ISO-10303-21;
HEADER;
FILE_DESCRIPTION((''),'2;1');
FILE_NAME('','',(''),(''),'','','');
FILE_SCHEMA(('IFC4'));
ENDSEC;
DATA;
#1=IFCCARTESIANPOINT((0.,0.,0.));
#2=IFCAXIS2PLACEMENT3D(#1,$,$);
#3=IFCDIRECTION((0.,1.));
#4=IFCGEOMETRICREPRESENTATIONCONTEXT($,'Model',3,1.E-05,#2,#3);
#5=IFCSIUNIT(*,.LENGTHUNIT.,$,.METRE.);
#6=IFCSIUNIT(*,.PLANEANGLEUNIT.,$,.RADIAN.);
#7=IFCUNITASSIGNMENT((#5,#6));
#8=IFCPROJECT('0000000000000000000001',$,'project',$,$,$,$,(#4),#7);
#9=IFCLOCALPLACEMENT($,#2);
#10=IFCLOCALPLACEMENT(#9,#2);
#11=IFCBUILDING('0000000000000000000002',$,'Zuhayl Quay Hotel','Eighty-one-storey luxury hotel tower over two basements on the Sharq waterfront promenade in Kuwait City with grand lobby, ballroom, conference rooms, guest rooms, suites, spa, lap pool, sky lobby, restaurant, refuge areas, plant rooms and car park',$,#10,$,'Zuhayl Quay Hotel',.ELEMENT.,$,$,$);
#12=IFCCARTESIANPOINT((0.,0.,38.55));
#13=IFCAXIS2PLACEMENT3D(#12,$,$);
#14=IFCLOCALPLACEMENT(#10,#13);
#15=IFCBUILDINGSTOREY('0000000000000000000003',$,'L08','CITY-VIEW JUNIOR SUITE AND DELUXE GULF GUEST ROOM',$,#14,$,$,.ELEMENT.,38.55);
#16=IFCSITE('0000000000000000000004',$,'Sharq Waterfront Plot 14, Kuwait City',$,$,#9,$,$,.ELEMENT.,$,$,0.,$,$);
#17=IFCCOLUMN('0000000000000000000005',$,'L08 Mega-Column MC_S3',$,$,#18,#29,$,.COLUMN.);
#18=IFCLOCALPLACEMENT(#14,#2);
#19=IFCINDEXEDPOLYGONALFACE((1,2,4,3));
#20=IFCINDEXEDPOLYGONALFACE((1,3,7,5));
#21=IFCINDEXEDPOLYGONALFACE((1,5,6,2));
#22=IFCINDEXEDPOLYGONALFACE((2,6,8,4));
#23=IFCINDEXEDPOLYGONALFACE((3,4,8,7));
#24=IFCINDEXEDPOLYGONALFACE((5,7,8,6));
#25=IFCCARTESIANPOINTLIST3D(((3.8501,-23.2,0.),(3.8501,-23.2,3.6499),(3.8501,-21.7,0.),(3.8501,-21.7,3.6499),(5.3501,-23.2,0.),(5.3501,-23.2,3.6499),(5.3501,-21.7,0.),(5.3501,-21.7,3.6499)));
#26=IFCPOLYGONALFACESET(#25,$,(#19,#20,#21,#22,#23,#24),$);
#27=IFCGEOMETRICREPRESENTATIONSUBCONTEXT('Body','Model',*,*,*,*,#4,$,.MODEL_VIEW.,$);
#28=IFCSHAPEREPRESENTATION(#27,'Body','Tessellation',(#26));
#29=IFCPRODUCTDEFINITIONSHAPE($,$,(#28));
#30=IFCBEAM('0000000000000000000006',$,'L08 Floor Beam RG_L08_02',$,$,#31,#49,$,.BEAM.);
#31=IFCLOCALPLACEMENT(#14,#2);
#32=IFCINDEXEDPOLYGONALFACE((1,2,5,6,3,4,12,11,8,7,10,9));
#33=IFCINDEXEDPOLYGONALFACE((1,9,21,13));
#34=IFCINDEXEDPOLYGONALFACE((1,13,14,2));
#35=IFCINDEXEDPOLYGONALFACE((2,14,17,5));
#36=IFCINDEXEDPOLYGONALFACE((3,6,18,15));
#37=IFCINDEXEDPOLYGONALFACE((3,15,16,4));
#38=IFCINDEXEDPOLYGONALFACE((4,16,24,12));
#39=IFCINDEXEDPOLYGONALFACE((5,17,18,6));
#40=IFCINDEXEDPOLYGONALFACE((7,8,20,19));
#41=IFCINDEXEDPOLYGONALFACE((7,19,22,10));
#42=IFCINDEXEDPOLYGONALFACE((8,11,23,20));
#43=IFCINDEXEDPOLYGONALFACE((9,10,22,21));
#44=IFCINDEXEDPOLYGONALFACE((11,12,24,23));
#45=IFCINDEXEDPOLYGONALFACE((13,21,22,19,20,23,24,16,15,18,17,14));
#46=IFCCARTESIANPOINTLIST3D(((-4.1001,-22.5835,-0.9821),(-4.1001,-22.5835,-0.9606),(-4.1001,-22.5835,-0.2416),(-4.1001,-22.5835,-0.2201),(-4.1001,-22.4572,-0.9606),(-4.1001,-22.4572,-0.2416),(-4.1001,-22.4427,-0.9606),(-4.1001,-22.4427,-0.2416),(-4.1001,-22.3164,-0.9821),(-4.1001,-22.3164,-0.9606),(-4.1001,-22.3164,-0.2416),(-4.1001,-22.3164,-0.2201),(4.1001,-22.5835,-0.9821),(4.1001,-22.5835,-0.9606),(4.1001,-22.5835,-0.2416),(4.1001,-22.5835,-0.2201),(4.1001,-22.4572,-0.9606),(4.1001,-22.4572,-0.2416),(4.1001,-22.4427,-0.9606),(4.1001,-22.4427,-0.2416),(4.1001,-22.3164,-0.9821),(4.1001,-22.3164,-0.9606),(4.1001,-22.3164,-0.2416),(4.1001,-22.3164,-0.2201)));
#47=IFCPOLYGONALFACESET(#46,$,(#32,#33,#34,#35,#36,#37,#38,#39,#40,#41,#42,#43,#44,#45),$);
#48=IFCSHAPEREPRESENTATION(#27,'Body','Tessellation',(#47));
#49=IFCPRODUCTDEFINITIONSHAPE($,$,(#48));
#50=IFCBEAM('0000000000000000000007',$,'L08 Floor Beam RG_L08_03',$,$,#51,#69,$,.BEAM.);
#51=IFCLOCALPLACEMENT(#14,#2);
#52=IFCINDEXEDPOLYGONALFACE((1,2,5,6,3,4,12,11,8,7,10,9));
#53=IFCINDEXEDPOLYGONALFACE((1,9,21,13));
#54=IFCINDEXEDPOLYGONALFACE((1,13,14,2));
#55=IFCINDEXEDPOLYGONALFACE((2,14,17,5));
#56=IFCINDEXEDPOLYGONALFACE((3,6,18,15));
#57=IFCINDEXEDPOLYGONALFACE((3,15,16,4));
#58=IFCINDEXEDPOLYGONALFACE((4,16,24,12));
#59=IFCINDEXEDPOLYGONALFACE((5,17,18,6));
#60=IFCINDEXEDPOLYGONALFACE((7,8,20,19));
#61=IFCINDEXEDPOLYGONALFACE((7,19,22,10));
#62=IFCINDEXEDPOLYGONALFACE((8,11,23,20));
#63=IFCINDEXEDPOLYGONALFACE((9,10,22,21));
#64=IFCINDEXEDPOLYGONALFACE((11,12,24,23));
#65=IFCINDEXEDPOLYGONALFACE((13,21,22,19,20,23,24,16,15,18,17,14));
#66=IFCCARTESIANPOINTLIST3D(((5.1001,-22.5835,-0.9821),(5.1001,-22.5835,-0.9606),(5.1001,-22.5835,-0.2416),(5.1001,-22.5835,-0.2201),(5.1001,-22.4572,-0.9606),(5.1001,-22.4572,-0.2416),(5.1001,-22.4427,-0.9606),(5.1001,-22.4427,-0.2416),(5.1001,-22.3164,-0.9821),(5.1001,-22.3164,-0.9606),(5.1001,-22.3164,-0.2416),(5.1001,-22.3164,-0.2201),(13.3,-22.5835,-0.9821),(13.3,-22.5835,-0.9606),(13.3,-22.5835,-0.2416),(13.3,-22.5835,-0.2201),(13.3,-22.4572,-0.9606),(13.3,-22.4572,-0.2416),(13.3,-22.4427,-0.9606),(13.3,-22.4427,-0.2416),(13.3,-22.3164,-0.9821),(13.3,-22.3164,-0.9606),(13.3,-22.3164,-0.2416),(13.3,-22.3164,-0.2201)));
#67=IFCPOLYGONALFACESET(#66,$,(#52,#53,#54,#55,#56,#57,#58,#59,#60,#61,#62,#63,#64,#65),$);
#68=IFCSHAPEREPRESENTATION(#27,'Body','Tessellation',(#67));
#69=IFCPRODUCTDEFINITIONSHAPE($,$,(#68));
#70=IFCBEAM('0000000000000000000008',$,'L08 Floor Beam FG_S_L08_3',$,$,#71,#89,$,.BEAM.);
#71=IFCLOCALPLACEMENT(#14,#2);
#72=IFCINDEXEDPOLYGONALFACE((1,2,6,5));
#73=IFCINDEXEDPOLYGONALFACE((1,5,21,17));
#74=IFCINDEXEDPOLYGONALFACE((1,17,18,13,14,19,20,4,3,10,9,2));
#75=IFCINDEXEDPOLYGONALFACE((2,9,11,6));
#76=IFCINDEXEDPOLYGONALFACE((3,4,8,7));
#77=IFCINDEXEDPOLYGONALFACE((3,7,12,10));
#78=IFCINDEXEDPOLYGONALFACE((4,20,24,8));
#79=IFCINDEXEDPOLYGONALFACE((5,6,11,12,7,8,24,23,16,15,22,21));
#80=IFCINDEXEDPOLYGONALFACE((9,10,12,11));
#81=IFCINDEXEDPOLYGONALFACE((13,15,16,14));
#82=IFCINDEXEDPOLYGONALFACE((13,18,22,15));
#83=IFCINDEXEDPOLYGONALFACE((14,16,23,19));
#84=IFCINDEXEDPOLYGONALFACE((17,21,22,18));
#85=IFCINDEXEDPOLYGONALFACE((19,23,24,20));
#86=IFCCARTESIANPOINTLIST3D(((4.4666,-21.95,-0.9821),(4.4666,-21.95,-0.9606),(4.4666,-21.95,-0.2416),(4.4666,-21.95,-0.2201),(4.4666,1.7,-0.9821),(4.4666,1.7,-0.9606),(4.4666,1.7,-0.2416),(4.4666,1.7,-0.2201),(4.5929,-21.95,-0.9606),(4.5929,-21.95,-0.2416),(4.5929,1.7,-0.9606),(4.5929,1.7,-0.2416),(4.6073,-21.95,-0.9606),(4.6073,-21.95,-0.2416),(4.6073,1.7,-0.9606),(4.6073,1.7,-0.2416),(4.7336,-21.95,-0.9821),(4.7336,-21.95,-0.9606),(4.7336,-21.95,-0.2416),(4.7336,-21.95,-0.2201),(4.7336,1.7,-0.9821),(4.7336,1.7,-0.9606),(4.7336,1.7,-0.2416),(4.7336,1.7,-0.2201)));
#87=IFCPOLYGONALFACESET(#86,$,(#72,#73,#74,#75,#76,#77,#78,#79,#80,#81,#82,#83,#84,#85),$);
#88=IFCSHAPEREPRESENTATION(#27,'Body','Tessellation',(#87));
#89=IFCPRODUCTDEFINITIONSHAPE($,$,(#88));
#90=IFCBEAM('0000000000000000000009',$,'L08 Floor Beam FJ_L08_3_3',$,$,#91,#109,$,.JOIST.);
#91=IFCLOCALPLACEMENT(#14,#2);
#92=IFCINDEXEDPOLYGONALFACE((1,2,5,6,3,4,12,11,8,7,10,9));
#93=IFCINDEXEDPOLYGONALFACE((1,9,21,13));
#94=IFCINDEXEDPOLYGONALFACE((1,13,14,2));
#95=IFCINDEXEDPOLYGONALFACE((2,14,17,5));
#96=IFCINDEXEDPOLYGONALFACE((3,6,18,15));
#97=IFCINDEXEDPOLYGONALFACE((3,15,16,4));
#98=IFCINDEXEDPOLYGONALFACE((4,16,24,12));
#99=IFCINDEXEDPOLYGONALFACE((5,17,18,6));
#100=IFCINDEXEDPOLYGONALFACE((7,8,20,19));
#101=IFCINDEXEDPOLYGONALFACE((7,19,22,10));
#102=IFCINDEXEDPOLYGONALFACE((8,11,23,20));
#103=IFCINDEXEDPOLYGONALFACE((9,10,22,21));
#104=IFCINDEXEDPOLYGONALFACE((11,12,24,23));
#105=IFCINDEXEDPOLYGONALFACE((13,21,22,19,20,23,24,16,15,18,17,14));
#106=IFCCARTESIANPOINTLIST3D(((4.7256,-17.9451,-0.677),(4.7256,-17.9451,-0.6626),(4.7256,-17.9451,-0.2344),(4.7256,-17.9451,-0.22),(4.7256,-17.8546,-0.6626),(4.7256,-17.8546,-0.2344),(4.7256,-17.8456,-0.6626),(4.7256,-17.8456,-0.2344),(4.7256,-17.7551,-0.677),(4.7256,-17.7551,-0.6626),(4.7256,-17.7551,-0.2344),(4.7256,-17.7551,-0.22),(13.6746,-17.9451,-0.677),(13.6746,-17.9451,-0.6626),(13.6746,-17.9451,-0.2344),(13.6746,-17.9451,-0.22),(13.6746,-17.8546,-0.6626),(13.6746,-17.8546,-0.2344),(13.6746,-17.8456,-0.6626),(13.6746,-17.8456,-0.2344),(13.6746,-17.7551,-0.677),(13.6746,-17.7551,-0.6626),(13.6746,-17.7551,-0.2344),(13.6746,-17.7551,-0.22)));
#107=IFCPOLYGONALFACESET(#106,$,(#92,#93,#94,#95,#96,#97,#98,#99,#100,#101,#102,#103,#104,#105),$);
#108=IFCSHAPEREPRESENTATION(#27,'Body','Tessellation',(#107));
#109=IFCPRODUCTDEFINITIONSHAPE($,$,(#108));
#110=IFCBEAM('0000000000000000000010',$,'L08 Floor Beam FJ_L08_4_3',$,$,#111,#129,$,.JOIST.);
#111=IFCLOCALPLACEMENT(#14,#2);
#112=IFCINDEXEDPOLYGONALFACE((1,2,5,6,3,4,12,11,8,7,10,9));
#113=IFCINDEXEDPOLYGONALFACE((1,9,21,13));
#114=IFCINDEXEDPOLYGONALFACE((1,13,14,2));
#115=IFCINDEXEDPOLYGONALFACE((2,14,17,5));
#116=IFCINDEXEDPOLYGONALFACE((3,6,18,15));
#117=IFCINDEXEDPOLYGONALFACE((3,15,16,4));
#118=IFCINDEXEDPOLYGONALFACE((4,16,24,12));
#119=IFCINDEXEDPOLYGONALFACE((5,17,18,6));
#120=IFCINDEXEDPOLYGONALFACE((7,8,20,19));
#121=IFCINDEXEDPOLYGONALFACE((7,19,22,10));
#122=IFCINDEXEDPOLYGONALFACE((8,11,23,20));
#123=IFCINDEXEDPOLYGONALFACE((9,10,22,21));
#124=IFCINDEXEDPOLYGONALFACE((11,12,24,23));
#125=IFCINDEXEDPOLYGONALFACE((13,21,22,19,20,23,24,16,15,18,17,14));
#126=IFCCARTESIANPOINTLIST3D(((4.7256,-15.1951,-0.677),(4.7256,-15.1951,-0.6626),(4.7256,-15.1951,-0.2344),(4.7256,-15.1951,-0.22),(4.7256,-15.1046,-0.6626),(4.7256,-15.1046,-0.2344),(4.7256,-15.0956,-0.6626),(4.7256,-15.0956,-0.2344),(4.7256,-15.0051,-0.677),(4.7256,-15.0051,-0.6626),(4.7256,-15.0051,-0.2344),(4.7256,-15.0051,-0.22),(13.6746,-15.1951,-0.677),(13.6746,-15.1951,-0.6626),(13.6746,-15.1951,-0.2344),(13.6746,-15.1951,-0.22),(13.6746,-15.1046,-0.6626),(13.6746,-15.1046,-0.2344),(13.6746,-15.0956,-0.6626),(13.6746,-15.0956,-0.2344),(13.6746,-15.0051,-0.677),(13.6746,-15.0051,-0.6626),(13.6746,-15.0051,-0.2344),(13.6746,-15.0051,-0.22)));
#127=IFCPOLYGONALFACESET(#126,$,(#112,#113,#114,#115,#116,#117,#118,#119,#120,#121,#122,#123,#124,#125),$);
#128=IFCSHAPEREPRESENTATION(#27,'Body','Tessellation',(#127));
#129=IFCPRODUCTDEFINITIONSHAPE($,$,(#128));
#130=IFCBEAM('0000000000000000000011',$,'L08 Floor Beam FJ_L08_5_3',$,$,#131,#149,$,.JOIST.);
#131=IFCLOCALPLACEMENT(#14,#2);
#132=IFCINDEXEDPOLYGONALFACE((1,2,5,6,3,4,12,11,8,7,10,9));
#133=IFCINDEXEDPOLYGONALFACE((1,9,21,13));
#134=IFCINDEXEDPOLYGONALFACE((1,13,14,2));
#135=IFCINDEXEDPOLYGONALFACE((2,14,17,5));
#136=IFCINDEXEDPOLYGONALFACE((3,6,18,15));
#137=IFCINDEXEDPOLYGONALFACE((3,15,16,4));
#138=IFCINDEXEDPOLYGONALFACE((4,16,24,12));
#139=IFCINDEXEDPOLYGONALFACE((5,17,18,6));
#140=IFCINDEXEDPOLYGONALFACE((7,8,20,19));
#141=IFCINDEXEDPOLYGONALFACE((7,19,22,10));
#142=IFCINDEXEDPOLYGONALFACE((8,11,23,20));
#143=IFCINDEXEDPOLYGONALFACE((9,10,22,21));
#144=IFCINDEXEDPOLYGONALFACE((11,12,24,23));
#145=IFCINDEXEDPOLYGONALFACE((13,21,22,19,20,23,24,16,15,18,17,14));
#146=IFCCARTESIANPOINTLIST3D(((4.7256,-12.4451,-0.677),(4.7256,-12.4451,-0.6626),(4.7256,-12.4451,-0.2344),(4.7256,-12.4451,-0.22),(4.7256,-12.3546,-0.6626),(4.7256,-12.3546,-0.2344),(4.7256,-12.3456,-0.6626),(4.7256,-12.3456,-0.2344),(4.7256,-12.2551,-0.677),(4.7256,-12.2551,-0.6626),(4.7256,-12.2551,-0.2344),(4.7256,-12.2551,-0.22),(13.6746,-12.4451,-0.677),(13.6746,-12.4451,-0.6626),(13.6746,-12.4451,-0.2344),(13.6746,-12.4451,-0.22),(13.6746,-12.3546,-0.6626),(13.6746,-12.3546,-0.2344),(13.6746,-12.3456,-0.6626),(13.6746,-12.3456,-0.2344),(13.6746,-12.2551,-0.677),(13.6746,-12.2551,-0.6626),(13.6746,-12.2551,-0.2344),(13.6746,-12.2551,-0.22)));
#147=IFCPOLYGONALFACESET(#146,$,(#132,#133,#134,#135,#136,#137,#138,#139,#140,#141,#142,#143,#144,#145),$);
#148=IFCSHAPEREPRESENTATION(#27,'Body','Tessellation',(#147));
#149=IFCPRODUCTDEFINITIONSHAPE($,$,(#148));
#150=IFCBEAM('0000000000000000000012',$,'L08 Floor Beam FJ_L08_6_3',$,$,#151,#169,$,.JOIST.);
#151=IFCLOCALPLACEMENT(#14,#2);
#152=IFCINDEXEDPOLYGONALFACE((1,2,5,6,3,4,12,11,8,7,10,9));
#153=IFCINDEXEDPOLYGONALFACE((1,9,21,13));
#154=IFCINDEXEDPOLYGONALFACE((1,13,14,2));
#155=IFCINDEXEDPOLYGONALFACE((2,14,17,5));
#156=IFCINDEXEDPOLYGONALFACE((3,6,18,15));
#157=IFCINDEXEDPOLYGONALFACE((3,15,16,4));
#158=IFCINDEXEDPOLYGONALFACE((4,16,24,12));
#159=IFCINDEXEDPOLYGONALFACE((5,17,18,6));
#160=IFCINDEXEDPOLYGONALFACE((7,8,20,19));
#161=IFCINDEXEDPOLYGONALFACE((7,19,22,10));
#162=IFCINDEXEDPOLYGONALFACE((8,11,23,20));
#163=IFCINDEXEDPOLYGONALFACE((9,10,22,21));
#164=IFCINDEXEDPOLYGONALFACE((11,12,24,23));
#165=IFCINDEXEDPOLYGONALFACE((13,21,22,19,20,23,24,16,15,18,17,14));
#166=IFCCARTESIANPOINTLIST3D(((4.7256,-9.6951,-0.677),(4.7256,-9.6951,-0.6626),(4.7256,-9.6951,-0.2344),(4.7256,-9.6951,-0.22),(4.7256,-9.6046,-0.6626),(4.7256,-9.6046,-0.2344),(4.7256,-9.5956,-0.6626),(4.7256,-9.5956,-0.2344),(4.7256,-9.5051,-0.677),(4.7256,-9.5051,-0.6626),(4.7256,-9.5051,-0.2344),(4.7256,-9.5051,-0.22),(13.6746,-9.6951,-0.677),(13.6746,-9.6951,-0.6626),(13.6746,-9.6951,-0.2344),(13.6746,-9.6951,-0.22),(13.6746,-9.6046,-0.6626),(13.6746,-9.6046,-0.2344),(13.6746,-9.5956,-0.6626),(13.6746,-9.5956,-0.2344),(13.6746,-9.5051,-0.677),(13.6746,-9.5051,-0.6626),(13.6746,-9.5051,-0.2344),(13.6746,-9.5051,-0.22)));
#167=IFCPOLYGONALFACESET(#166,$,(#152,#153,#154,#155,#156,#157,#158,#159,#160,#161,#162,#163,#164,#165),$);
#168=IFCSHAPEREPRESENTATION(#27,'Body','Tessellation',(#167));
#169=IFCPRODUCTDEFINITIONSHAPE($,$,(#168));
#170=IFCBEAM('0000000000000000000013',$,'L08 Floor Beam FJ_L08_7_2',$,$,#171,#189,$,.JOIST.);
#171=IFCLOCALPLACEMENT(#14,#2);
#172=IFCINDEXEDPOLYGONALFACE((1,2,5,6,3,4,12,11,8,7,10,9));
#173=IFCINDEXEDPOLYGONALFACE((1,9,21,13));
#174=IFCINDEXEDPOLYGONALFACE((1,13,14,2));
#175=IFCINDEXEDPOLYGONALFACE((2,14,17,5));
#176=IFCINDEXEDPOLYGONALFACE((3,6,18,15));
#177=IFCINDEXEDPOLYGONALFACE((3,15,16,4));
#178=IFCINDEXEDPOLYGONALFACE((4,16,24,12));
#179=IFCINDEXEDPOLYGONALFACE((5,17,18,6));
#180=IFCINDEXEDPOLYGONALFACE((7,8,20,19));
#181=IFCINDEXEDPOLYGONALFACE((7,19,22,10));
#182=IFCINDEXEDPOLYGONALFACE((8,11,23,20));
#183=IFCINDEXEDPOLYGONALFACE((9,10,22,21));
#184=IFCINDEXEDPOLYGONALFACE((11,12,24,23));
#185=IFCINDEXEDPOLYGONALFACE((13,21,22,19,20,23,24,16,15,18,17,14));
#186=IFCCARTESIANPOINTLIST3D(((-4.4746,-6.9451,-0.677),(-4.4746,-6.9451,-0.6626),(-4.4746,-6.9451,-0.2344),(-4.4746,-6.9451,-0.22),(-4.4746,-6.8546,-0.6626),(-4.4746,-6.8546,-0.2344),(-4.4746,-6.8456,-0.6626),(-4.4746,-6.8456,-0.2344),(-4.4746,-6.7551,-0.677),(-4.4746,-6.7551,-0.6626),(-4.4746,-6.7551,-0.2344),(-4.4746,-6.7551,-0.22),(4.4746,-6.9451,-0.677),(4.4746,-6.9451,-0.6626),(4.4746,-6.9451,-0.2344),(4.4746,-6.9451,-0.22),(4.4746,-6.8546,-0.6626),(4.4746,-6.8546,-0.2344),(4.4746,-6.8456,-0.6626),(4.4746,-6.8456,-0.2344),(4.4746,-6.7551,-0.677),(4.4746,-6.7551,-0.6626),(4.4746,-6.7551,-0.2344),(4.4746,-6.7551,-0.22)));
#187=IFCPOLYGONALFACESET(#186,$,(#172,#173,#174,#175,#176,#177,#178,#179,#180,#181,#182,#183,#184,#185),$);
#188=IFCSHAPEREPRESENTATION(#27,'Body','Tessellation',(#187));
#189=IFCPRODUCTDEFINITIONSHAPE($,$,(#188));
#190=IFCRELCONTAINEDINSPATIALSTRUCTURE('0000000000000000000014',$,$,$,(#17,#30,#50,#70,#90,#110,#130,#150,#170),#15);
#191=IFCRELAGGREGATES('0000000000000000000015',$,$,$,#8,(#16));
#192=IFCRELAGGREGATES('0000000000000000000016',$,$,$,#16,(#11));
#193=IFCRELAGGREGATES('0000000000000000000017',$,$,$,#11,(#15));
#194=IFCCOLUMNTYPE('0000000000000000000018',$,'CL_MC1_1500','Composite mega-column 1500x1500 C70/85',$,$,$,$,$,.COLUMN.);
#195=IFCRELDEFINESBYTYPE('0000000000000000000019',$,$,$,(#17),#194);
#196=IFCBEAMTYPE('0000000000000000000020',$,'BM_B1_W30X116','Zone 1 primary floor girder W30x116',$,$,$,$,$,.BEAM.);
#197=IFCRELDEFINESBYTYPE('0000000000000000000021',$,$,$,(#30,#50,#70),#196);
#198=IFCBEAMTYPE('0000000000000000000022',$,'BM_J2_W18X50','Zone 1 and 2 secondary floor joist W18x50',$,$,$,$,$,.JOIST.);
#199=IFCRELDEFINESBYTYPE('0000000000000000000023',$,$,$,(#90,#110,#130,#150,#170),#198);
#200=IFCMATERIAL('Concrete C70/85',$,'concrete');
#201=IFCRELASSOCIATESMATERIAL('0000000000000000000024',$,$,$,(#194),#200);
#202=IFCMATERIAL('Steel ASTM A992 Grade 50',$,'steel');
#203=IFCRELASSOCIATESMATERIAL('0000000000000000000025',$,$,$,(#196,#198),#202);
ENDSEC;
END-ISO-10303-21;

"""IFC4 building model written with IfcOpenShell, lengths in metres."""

from ifc_helpers import new_model, si_unit, direction, frame, origin, origin_2d, place, context, subcontext, project, spatial, rectangle, i_section, extrude, material, material_profile, profile_set, type_object, element, save


model = new_model("IFC4")

# Units and contexts
model_context = context("Model", 3, precision=1e-05, world=origin(), true_north=direction((0.0, 1.0)))
body_context = subcontext(model_context, "Body", "Model", "MODEL_VIEW")
ifc_project = project(units=[si_unit("LENGTHUNIT", "METRE"), si_unit("PLANEANGLEUNIT", "RADIAN")], contexts=[model_context])

# Site, building, storey
site_placement = place(None, origin())
site = spatial("IfcSite", under=ifc_project, at=site_placement, Name="Sharq Waterfront Plot 14, Kuwait City", CompositionType="ELEMENT", RefElevation=0.0)
building_placement = place(site_placement, origin())
building = spatial("IfcBuilding", under=site, at=building_placement, Name="Zuhayl Quay Hotel", Description="Eighty-one-storey luxury hotel tower over two basements on the Sharq waterfront promenade in Kuwait City with grand lobby, ballroom, conference rooms, guest rooms, suites, spa, lap pool, sky lobby, restaurant, refuge areas, plant rooms and car park", LongName="Zuhayl Quay Hotel", CompositionType="ELEMENT")
storey_placement = place(building_placement, frame((0.0, 0.0, 38.55)))
storey = spatial("IfcBuildingStorey", under=building, at=storey_placement, Name="L08", Description="CITY-VIEW JUNIOR SUITE AND DELUXE GULF GUEST ROOM", CompositionType="ELEMENT", Elevation=38.55)

# Column
ifc_material_1 = material(Name="Concrete C70/85", Category="concrete")
ifc_material_profile_1 = material_profile(ifc_material_1, rectangle(XDim=1.5, YDim=1.5, at=origin_2d()), Name="RC1500X1500")
ifc_profile_set_1 = profile_set([ifc_material_profile_1], Name="Concrete C70/85")
column_type = type_object("IfcColumnType", Name="CL_MC1_1500", Description="Composite mega-column 1500x1500 C70/85", PredefinedType="COLUMN", material=ifc_profile_set_1)
column_placement = place(storey_placement, frame((4.6001, -22.45, 0.0), z_axis=(0.0, 0.0, 1.0), x_axis=(1.0, 0.0, 0.0)))
element("IfcColumn", 1, at=column_placement, inside=storey, type_object=column_type, Name="L08 Mega-Column MC_S3", PredefinedType="COLUMN", context=body_context, shape_type="SweptSolid", body=[
    extrude(rectangle(XDim=1.5, YDim=1.5, at=origin_2d()), origin(), (0.0, 0.0, 1.0), 3.6499),
])

# Beams
ifc_material_2 = material(Name="Steel ASTM A992 Grade 50", Category="steel")
ifc_material_profile_2 = material_profile(ifc_material_2, i_section(OverallWidth=0.2671, OverallDepth=0.762, WebThickness=0.0144, FlangeThickness=0.0215, at=origin_2d()), Name="W30X116")
ifc_profile_set_2 = profile_set([ifc_material_profile_2], Name="Steel ASTM A992 Grade 50")
beam_type_1 = type_object("IfcBeamType", Name="BM_B1_W30X116", Description="Zone 1 primary floor girder W30x116", PredefinedType="BEAM", material=ifc_profile_set_2)
beam_1_placement = place(storey_placement, frame((-4.1001, -22.45, -0.6011), z_axis=(1.0, 0.0, 0.0), x_axis=(0.0, 1.0, 0.0)))
element("IfcBeam", 2, at=beam_1_placement, inside=storey, type_object=beam_type_1, Name="L08 Floor Beam RG_L08_02", PredefinedType="BEAM", context=body_context, shape_type="SweptSolid", body=[
    extrude(i_section(OverallWidth=0.2671, OverallDepth=0.762, WebThickness=0.0144, FlangeThickness=0.0215, at=origin_2d()), origin(), (0.0, 0.0, 1.0), 8.2002),
])
beam_2_placement = place(storey_placement, frame((5.1001, -22.45, -0.6011), z_axis=(1.0, 0.0, 0.0), x_axis=(0.0, 1.0, 0.0)))
element("IfcBeam", 3, at=beam_2_placement, inside=storey, type_object=beam_type_1, Name="L08 Floor Beam RG_L08_03", PredefinedType="BEAM", context=body_context, shape_type="SweptSolid", body=[
    extrude(i_section(OverallWidth=0.2671, OverallDepth=0.762, WebThickness=0.0144, FlangeThickness=0.0215, at=origin_2d()), origin(), (0.0, 0.0, 1.0), 8.2),
])
beam_3_placement = place(storey_placement, frame((4.6001, -21.95, -0.6011), z_axis=(0.0, 1.0, 0.0), x_axis=(-1.0, 0.0, 0.0)))
element("IfcBeam", 4, at=beam_3_placement, inside=storey, type_object=beam_type_1, Name="L08 Floor Beam FG_S_L08_3", PredefinedType="BEAM", context=body_context, shape_type="SweptSolid", body=[
    extrude(i_section(OverallWidth=0.2671, OverallDepth=0.762, WebThickness=0.0144, FlangeThickness=0.0215, at=origin_2d()), origin(), (0.0, 0.0, 1.0), 23.6499),
])
ifc_material_profile_3 = material_profile(ifc_material_2, i_section(OverallWidth=0.1899, OverallDepth=0.457, WebThickness=0.009, FlangeThickness=0.0144, at=origin_2d()), Name="W18X50")
ifc_profile_set_3 = profile_set([ifc_material_profile_3], Name="Steel ASTM A992 Grade 50")
beam_type_2 = type_object("IfcBeamType", Name="BM_J2_W18X50", Description="Zone 1 and 2 secondary floor joist W18x50", PredefinedType="JOIST", material=ifc_profile_set_3)
for number, where, z_axis, x_axis, name in (
    (5, (4.7256, -17.8501, -0.4485), (1.0, 0.0, 0.0), (0.0, 1.0, 0.0), "L08 Floor Beam FJ_L08_3_3"),
    (6, (4.7256, -15.1001, -0.4485), (1.0, 0.0, 0.0), (0.0, 1.0, 0.0), "L08 Floor Beam FJ_L08_4_3"),
    (7, (4.7256, -12.3501, -0.4485), (1.0, 0.0, 0.0), (0.0, 1.0, 0.0), "L08 Floor Beam FJ_L08_5_3"),
    (8, (4.7256, -9.6001, -0.4485), (1.0, 0.0, 0.0), (0.0, 1.0, 0.0), "L08 Floor Beam FJ_L08_6_3"),
):
    element("IfcBeam", number, at=place(storey_placement, frame(where, z_axis=z_axis, x_axis=x_axis)), inside=storey, type_object=beam_type_2, Name=name, PredefinedType="JOIST", context=body_context, shape_type="SweptSolid", body=[
        extrude(i_section(OverallWidth=0.1899, OverallDepth=0.457, WebThickness=0.009, FlangeThickness=0.0144, at=origin_2d()), origin(), (0.0, 0.0, 1.0), 8.949),
    ])
beam_4_placement = place(storey_placement, frame((-4.4746, -6.8501, -0.4485), z_axis=(1.0, 0.0, 0.0), x_axis=(0.0, 1.0, 0.0)))
element("IfcBeam", 9, at=beam_4_placement, inside=storey, type_object=beam_type_2, Name="L08 Floor Beam FJ_L08_7_2", PredefinedType="JOIST", context=body_context, shape_type="SweptSolid", body=[
    extrude(i_section(OverallWidth=0.1899, OverallDepth=0.457, WebThickness=0.009, FlangeThickness=0.0144, at=origin_2d()), origin(), (0.0, 0.0, 1.0), 8.9492),
])

save(model, "model.ifc")
